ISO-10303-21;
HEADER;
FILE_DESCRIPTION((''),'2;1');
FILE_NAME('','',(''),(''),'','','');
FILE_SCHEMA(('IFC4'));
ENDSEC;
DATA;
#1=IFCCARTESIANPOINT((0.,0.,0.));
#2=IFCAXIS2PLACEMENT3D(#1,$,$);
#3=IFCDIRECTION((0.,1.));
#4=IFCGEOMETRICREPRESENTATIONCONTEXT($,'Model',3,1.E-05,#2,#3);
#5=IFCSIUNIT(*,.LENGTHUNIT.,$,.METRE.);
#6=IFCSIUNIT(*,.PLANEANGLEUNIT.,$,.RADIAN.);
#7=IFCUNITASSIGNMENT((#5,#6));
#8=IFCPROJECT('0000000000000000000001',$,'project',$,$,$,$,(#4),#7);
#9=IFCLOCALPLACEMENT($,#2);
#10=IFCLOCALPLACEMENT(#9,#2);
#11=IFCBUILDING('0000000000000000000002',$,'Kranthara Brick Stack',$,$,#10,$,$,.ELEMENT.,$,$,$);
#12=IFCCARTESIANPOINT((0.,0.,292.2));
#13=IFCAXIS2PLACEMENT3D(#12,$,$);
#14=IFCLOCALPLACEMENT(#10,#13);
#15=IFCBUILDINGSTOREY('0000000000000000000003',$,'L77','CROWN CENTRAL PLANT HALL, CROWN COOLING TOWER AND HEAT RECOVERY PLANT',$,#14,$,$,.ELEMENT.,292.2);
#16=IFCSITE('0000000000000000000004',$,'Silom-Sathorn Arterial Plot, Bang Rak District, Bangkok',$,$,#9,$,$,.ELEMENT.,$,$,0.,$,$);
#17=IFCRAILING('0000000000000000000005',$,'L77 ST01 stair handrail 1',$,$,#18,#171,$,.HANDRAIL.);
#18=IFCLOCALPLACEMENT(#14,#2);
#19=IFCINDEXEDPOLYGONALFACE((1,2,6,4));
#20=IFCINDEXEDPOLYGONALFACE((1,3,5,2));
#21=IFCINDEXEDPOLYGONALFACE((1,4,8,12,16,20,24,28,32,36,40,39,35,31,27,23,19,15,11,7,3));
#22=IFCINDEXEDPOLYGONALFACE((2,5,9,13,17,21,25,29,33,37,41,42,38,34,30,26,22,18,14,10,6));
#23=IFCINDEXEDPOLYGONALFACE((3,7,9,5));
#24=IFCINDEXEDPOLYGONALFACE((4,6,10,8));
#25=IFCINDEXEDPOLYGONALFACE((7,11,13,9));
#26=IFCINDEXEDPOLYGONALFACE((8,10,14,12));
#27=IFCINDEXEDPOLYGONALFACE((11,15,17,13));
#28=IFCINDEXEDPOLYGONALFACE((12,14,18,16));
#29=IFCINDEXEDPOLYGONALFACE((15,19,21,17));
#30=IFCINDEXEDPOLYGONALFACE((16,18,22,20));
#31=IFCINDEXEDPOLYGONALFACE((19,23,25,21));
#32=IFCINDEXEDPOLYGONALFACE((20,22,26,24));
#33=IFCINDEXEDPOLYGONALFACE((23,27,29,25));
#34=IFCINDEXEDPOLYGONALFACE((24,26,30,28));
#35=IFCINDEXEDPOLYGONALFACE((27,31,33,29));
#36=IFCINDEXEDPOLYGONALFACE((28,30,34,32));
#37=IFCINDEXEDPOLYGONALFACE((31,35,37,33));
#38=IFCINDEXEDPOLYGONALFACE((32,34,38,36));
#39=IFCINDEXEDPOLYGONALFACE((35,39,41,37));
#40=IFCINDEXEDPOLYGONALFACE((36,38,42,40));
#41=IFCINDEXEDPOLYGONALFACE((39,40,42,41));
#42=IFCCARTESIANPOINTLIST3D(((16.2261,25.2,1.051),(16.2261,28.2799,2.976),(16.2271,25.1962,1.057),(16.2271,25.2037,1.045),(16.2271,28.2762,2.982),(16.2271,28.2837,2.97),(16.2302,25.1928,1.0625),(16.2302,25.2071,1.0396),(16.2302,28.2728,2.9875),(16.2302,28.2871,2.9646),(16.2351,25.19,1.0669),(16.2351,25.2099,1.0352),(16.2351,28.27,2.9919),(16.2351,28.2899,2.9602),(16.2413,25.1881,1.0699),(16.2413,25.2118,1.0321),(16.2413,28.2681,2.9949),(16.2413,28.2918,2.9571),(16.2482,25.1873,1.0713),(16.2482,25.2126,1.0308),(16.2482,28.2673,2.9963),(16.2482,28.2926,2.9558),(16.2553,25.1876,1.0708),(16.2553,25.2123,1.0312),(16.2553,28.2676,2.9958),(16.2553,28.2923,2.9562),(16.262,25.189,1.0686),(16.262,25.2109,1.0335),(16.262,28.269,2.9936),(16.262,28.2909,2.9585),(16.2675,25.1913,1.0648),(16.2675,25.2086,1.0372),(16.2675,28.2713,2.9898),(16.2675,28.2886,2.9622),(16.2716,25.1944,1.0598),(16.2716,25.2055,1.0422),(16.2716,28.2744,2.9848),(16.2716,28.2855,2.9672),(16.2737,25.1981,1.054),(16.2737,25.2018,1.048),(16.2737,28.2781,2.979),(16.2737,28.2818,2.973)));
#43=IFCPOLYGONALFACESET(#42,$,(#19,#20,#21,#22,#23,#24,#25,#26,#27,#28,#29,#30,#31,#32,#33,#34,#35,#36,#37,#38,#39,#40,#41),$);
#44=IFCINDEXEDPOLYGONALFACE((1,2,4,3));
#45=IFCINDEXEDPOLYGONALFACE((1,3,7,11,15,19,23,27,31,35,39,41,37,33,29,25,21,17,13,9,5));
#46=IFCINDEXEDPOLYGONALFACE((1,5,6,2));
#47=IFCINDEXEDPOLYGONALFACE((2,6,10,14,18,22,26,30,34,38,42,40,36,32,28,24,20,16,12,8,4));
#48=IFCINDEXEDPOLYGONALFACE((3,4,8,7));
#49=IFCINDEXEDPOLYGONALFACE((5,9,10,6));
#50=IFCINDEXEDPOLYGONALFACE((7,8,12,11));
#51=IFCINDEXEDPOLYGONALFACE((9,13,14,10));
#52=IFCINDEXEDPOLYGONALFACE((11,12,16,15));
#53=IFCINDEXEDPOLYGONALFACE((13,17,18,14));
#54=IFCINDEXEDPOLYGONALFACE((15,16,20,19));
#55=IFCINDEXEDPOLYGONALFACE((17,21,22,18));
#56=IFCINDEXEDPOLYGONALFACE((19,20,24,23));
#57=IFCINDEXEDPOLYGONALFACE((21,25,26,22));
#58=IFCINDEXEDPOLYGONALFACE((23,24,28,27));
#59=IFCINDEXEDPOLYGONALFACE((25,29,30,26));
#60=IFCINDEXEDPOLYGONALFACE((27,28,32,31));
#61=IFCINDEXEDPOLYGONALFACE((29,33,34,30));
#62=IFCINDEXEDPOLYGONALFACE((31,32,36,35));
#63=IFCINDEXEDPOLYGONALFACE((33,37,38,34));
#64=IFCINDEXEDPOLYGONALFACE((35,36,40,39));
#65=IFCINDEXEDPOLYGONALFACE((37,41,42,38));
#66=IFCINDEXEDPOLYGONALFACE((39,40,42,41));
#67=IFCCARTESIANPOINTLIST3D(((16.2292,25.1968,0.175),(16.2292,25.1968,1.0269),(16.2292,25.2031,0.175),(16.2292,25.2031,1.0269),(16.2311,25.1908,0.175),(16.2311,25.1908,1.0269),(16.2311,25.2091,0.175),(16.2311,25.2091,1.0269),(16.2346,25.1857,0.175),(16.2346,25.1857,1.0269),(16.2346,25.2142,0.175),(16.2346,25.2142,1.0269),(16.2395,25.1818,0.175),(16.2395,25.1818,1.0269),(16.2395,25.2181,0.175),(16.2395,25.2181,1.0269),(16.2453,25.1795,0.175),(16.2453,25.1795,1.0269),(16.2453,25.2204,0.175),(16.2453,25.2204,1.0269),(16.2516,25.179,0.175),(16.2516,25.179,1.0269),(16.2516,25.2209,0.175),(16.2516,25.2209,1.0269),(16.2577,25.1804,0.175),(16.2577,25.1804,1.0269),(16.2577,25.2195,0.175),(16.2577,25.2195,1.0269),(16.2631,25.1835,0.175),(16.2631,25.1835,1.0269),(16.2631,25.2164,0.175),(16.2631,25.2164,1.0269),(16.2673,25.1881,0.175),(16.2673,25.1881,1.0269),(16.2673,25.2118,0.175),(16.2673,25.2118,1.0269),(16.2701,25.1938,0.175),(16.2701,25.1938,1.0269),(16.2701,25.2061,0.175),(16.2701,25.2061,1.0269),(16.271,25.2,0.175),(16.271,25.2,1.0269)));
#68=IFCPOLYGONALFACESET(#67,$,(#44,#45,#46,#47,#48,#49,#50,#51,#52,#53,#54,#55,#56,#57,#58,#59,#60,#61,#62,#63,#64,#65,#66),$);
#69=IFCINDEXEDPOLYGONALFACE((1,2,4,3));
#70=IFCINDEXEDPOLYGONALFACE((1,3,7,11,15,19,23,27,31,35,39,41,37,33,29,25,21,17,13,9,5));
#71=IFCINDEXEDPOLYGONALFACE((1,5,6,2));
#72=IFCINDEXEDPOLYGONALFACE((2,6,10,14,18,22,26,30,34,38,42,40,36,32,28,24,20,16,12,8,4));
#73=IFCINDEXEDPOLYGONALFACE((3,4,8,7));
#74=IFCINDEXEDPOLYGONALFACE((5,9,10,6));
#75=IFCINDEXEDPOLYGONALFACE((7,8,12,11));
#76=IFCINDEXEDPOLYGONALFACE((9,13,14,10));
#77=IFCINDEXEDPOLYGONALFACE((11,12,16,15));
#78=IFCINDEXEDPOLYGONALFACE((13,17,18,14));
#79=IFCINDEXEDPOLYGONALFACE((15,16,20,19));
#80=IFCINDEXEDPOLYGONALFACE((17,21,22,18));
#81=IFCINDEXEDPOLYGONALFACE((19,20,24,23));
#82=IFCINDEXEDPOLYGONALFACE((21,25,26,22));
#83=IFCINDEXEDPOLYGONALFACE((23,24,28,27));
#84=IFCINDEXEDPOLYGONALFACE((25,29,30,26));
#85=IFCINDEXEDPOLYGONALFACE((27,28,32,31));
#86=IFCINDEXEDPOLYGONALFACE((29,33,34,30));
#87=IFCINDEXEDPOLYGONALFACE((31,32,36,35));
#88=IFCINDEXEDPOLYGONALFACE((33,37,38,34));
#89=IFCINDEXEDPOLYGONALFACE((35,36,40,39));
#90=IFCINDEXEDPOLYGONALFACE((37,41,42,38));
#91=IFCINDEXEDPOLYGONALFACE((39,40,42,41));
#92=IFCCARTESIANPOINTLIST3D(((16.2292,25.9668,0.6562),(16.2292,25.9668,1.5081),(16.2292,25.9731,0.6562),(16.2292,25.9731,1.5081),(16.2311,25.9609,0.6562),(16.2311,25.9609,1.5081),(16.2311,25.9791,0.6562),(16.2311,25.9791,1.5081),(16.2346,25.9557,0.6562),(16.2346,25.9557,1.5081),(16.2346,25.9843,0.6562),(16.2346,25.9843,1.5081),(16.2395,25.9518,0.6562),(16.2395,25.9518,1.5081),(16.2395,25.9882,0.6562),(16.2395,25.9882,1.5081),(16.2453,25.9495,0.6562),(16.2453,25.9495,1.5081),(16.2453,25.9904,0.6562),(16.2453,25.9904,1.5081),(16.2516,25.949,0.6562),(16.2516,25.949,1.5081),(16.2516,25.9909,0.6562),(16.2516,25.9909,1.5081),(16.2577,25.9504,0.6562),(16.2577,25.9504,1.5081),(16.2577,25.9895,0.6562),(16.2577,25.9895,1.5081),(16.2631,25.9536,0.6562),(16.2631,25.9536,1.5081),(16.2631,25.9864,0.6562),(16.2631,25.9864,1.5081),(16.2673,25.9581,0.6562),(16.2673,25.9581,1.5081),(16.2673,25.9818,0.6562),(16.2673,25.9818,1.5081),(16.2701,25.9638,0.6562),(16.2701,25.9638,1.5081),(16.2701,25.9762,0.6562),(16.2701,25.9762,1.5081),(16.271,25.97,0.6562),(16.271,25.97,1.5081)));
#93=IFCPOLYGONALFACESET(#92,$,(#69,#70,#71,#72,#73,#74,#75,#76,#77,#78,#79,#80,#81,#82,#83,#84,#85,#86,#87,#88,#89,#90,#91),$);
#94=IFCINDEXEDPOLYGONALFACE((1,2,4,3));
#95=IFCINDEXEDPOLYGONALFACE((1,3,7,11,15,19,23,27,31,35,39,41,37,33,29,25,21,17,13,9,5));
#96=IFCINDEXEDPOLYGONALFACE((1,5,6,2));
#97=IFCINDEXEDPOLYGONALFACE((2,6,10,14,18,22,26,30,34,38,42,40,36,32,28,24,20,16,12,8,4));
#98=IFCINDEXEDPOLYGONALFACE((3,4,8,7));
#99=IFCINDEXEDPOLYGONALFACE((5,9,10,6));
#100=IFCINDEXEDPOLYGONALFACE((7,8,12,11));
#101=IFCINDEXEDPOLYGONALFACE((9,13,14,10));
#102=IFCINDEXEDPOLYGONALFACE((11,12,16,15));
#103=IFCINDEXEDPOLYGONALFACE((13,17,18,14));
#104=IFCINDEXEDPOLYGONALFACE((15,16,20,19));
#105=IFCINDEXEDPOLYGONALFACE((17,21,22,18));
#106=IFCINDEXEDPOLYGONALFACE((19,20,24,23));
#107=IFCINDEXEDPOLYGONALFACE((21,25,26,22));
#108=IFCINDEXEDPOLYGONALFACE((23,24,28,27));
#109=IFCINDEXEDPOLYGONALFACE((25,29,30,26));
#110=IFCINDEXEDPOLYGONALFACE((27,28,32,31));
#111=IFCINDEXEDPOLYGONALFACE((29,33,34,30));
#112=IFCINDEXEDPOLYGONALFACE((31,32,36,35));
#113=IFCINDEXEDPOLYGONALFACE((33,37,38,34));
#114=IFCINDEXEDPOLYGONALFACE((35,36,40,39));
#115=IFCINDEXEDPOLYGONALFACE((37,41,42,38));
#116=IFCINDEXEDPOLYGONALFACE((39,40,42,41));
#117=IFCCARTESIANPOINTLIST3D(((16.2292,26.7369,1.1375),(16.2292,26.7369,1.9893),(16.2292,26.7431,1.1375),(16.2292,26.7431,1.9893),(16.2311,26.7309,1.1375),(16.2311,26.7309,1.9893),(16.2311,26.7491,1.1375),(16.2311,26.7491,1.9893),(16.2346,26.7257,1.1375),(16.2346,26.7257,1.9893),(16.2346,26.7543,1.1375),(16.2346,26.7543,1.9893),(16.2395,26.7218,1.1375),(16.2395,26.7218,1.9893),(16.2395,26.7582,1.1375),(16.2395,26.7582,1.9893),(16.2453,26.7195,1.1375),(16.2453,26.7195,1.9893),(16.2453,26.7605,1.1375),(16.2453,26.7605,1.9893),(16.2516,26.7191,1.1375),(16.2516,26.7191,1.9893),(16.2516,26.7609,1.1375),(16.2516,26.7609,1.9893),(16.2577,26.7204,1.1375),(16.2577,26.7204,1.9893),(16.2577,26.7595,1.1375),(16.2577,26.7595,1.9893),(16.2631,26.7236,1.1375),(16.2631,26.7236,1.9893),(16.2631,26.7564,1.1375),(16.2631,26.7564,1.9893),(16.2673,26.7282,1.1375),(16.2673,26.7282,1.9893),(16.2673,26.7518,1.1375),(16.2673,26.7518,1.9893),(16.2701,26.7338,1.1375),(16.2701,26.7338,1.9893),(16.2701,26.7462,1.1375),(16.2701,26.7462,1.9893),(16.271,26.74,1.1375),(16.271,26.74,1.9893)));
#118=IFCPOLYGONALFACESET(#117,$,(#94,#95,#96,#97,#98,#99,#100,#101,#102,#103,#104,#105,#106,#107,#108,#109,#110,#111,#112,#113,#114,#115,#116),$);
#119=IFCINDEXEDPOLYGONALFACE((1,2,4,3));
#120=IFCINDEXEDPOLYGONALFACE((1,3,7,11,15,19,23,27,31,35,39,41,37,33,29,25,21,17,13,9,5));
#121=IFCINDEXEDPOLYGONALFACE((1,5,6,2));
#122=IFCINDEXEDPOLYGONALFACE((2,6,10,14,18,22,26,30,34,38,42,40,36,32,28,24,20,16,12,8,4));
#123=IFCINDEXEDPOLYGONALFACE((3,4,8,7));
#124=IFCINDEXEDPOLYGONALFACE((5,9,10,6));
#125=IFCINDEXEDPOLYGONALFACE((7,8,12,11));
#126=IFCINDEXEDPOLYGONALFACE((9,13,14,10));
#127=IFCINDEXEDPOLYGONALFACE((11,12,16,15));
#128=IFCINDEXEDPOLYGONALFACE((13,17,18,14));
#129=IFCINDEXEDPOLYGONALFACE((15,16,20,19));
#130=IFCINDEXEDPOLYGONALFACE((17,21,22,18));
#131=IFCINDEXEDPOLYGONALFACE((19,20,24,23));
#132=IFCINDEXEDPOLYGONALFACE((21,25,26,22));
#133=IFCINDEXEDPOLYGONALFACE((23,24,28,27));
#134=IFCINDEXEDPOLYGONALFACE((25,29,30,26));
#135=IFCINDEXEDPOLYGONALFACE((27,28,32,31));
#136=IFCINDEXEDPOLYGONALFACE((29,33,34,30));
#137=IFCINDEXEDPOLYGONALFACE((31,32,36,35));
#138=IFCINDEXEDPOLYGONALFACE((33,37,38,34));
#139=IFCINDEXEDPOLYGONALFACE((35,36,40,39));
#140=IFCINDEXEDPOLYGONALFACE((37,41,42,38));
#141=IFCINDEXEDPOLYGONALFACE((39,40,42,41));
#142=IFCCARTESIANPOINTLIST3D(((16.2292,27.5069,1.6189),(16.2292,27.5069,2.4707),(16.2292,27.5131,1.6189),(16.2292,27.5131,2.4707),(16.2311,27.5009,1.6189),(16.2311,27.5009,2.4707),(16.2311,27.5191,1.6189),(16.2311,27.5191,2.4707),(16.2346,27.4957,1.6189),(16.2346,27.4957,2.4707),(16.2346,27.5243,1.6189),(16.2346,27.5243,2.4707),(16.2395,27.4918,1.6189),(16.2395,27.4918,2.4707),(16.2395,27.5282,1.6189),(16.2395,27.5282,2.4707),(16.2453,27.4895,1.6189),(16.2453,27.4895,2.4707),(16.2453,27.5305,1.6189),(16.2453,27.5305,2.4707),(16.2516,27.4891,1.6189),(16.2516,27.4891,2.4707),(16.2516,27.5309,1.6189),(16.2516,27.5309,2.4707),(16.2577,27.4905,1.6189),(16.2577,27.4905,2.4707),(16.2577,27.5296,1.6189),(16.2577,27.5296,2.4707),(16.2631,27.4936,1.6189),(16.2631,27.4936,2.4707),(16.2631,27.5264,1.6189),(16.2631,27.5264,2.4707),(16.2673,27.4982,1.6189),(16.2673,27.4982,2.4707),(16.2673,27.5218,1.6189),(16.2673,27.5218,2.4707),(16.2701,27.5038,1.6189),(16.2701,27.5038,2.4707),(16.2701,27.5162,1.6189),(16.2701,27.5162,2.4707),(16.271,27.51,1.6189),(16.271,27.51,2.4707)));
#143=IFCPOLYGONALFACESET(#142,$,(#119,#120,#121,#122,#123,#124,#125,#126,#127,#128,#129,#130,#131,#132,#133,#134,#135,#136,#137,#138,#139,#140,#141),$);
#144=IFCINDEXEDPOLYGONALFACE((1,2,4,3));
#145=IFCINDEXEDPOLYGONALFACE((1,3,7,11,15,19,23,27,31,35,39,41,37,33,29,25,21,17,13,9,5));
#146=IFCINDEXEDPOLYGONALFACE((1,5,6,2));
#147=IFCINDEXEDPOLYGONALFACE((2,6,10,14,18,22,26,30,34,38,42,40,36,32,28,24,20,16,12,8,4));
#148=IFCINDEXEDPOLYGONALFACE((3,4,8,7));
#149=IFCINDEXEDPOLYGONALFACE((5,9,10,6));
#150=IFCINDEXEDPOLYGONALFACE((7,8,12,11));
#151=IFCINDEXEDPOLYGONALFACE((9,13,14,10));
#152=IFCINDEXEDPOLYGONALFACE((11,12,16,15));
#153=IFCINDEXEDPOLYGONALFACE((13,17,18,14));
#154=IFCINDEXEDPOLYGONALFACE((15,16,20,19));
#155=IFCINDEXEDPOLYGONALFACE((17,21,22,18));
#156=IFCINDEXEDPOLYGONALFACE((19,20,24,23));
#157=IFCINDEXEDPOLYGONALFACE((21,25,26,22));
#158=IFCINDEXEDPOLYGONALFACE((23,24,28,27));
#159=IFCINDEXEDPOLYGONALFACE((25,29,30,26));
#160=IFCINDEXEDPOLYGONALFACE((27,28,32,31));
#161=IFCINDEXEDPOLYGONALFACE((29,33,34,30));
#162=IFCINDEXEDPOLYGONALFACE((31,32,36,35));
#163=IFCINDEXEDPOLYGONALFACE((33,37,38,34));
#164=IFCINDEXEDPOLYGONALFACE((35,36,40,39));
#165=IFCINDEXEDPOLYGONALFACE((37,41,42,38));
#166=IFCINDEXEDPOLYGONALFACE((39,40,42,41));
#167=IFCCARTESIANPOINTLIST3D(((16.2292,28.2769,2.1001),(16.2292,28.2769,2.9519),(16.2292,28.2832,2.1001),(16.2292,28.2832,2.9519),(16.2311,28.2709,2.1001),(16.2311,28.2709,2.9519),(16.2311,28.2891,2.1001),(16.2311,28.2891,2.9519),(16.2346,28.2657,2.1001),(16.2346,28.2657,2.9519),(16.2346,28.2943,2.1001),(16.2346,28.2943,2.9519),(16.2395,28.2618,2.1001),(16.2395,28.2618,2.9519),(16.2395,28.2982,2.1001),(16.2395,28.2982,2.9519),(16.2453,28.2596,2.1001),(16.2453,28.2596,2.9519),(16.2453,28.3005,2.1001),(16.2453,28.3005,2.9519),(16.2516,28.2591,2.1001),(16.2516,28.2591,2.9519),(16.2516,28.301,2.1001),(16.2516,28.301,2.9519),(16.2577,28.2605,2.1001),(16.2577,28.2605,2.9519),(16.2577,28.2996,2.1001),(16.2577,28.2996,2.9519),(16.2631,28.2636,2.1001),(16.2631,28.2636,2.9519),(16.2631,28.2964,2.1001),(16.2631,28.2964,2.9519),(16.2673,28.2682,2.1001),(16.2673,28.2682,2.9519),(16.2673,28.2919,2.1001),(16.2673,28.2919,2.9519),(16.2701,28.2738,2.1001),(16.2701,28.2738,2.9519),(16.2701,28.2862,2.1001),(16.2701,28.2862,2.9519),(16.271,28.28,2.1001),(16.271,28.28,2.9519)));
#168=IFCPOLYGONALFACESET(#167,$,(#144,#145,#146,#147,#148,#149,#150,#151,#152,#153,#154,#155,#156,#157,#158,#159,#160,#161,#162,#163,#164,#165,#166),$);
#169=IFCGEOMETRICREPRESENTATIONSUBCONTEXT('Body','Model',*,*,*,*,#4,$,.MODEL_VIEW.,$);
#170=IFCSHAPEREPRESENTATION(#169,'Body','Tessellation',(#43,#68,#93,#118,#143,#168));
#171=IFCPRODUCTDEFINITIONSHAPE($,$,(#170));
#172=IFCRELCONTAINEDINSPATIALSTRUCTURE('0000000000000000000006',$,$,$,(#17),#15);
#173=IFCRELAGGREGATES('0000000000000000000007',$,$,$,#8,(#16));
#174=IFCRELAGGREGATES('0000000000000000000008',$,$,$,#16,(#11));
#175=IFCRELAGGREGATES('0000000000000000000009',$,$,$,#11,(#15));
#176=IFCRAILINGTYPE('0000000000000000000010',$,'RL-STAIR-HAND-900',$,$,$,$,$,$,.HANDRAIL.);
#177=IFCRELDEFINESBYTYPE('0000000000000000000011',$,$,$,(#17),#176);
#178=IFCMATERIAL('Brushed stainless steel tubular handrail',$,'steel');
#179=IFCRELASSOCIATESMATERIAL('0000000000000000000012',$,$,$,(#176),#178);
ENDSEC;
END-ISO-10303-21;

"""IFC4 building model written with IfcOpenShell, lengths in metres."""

from ifc_helpers import new_model, si_unit, direction, frame, origin, origin_2d, place, context, subcontext, project, spatial, circle, extrude, material, type_object, element, save


model = new_model("IFC4")

# Units and contexts
model_context = context("Model", 3, precision=1e-05, world=origin(), true_north=direction((0.0, 1.0)))
body_context = subcontext(model_context, "Body", "Model", "MODEL_VIEW")
ifc_project = project(units=[si_unit("LENGTHUNIT", "METRE"), si_unit("PLANEANGLEUNIT", "RADIAN")], contexts=[model_context])

# Site, building, storey
site_placement = place(None, origin())
site = spatial("IfcSite", under=ifc_project, at=site_placement, Name="Silom-Sathorn Arterial Plot, Bang Rak District, Bangkok", CompositionType="ELEMENT", RefElevation=0.0)
building_placement = place(site_placement, origin())
building = spatial("IfcBuilding", under=site, at=building_placement, Name="Kranthara Brick Stack", CompositionType="ELEMENT")
storey_placement = place(building_placement, frame((0.0, 0.0, 292.2)))
storey = spatial("IfcBuildingStorey", under=building, at=storey_placement, Name="L77", Description="CROWN CENTRAL PLANT HALL, CROWN COOLING TOWER AND HEAT RECOVERY PLANT", CompositionType="ELEMENT", Elevation=292.2)

# Railing
ifc_material_1 = material(Name="Brushed stainless steel tubular handrail", Category="steel")
railing_type_1 = type_object("IfcRailingType", Name="RL-STAIR-HAND-900", PredefinedType="HANDRAIL", material=ifc_material_1)
railing_1_placement = place(storey_placement, frame((16.25, 25.2, 0.175)))
element("IfcRailing", 1, at=railing_1_placement, inside=storey, type_object=railing_type_1, Name="L77 ST01 stair handrail 1", PredefinedType="HANDRAIL", context=body_context, shape_type="SweptSolid", body=[
    extrude(circle(Radius=0.0239, at=origin_2d()), frame((0.0, 0.0, 0.876), z_axis=(0.0, 0.847998, 0.529999), x_axis=(-1.0, 0.0, 0.0)), (0.0, 0.0, 1.0), 3.6321),
    extrude(circle(Radius=0.021, at=origin_2d()), origin(), (0.0, 0.0, 1.0), 0.8518),
    extrude(circle(Radius=0.021, at=origin_2d()), frame((0.0, 0.77, 0.4812)), (0.0, 0.0, 1.0), 0.8518),
    extrude(circle(Radius=0.021, at=origin_2d()), frame((0.0, 1.54, 0.9624)), (0.0, 0.0, 1.0), 0.8518),
    extrude(circle(Radius=0.021, at=origin_2d()), frame((0.0, 2.3101, 1.4438)), (0.0, 0.0, 1.0), 0.8518),
    extrude(circle(Radius=0.021, at=origin_2d()), frame((0.0, 3.0801, 1.925)), (0.0, 0.0, 1.0), 0.8518),
])

save(model, "model.ifc")
